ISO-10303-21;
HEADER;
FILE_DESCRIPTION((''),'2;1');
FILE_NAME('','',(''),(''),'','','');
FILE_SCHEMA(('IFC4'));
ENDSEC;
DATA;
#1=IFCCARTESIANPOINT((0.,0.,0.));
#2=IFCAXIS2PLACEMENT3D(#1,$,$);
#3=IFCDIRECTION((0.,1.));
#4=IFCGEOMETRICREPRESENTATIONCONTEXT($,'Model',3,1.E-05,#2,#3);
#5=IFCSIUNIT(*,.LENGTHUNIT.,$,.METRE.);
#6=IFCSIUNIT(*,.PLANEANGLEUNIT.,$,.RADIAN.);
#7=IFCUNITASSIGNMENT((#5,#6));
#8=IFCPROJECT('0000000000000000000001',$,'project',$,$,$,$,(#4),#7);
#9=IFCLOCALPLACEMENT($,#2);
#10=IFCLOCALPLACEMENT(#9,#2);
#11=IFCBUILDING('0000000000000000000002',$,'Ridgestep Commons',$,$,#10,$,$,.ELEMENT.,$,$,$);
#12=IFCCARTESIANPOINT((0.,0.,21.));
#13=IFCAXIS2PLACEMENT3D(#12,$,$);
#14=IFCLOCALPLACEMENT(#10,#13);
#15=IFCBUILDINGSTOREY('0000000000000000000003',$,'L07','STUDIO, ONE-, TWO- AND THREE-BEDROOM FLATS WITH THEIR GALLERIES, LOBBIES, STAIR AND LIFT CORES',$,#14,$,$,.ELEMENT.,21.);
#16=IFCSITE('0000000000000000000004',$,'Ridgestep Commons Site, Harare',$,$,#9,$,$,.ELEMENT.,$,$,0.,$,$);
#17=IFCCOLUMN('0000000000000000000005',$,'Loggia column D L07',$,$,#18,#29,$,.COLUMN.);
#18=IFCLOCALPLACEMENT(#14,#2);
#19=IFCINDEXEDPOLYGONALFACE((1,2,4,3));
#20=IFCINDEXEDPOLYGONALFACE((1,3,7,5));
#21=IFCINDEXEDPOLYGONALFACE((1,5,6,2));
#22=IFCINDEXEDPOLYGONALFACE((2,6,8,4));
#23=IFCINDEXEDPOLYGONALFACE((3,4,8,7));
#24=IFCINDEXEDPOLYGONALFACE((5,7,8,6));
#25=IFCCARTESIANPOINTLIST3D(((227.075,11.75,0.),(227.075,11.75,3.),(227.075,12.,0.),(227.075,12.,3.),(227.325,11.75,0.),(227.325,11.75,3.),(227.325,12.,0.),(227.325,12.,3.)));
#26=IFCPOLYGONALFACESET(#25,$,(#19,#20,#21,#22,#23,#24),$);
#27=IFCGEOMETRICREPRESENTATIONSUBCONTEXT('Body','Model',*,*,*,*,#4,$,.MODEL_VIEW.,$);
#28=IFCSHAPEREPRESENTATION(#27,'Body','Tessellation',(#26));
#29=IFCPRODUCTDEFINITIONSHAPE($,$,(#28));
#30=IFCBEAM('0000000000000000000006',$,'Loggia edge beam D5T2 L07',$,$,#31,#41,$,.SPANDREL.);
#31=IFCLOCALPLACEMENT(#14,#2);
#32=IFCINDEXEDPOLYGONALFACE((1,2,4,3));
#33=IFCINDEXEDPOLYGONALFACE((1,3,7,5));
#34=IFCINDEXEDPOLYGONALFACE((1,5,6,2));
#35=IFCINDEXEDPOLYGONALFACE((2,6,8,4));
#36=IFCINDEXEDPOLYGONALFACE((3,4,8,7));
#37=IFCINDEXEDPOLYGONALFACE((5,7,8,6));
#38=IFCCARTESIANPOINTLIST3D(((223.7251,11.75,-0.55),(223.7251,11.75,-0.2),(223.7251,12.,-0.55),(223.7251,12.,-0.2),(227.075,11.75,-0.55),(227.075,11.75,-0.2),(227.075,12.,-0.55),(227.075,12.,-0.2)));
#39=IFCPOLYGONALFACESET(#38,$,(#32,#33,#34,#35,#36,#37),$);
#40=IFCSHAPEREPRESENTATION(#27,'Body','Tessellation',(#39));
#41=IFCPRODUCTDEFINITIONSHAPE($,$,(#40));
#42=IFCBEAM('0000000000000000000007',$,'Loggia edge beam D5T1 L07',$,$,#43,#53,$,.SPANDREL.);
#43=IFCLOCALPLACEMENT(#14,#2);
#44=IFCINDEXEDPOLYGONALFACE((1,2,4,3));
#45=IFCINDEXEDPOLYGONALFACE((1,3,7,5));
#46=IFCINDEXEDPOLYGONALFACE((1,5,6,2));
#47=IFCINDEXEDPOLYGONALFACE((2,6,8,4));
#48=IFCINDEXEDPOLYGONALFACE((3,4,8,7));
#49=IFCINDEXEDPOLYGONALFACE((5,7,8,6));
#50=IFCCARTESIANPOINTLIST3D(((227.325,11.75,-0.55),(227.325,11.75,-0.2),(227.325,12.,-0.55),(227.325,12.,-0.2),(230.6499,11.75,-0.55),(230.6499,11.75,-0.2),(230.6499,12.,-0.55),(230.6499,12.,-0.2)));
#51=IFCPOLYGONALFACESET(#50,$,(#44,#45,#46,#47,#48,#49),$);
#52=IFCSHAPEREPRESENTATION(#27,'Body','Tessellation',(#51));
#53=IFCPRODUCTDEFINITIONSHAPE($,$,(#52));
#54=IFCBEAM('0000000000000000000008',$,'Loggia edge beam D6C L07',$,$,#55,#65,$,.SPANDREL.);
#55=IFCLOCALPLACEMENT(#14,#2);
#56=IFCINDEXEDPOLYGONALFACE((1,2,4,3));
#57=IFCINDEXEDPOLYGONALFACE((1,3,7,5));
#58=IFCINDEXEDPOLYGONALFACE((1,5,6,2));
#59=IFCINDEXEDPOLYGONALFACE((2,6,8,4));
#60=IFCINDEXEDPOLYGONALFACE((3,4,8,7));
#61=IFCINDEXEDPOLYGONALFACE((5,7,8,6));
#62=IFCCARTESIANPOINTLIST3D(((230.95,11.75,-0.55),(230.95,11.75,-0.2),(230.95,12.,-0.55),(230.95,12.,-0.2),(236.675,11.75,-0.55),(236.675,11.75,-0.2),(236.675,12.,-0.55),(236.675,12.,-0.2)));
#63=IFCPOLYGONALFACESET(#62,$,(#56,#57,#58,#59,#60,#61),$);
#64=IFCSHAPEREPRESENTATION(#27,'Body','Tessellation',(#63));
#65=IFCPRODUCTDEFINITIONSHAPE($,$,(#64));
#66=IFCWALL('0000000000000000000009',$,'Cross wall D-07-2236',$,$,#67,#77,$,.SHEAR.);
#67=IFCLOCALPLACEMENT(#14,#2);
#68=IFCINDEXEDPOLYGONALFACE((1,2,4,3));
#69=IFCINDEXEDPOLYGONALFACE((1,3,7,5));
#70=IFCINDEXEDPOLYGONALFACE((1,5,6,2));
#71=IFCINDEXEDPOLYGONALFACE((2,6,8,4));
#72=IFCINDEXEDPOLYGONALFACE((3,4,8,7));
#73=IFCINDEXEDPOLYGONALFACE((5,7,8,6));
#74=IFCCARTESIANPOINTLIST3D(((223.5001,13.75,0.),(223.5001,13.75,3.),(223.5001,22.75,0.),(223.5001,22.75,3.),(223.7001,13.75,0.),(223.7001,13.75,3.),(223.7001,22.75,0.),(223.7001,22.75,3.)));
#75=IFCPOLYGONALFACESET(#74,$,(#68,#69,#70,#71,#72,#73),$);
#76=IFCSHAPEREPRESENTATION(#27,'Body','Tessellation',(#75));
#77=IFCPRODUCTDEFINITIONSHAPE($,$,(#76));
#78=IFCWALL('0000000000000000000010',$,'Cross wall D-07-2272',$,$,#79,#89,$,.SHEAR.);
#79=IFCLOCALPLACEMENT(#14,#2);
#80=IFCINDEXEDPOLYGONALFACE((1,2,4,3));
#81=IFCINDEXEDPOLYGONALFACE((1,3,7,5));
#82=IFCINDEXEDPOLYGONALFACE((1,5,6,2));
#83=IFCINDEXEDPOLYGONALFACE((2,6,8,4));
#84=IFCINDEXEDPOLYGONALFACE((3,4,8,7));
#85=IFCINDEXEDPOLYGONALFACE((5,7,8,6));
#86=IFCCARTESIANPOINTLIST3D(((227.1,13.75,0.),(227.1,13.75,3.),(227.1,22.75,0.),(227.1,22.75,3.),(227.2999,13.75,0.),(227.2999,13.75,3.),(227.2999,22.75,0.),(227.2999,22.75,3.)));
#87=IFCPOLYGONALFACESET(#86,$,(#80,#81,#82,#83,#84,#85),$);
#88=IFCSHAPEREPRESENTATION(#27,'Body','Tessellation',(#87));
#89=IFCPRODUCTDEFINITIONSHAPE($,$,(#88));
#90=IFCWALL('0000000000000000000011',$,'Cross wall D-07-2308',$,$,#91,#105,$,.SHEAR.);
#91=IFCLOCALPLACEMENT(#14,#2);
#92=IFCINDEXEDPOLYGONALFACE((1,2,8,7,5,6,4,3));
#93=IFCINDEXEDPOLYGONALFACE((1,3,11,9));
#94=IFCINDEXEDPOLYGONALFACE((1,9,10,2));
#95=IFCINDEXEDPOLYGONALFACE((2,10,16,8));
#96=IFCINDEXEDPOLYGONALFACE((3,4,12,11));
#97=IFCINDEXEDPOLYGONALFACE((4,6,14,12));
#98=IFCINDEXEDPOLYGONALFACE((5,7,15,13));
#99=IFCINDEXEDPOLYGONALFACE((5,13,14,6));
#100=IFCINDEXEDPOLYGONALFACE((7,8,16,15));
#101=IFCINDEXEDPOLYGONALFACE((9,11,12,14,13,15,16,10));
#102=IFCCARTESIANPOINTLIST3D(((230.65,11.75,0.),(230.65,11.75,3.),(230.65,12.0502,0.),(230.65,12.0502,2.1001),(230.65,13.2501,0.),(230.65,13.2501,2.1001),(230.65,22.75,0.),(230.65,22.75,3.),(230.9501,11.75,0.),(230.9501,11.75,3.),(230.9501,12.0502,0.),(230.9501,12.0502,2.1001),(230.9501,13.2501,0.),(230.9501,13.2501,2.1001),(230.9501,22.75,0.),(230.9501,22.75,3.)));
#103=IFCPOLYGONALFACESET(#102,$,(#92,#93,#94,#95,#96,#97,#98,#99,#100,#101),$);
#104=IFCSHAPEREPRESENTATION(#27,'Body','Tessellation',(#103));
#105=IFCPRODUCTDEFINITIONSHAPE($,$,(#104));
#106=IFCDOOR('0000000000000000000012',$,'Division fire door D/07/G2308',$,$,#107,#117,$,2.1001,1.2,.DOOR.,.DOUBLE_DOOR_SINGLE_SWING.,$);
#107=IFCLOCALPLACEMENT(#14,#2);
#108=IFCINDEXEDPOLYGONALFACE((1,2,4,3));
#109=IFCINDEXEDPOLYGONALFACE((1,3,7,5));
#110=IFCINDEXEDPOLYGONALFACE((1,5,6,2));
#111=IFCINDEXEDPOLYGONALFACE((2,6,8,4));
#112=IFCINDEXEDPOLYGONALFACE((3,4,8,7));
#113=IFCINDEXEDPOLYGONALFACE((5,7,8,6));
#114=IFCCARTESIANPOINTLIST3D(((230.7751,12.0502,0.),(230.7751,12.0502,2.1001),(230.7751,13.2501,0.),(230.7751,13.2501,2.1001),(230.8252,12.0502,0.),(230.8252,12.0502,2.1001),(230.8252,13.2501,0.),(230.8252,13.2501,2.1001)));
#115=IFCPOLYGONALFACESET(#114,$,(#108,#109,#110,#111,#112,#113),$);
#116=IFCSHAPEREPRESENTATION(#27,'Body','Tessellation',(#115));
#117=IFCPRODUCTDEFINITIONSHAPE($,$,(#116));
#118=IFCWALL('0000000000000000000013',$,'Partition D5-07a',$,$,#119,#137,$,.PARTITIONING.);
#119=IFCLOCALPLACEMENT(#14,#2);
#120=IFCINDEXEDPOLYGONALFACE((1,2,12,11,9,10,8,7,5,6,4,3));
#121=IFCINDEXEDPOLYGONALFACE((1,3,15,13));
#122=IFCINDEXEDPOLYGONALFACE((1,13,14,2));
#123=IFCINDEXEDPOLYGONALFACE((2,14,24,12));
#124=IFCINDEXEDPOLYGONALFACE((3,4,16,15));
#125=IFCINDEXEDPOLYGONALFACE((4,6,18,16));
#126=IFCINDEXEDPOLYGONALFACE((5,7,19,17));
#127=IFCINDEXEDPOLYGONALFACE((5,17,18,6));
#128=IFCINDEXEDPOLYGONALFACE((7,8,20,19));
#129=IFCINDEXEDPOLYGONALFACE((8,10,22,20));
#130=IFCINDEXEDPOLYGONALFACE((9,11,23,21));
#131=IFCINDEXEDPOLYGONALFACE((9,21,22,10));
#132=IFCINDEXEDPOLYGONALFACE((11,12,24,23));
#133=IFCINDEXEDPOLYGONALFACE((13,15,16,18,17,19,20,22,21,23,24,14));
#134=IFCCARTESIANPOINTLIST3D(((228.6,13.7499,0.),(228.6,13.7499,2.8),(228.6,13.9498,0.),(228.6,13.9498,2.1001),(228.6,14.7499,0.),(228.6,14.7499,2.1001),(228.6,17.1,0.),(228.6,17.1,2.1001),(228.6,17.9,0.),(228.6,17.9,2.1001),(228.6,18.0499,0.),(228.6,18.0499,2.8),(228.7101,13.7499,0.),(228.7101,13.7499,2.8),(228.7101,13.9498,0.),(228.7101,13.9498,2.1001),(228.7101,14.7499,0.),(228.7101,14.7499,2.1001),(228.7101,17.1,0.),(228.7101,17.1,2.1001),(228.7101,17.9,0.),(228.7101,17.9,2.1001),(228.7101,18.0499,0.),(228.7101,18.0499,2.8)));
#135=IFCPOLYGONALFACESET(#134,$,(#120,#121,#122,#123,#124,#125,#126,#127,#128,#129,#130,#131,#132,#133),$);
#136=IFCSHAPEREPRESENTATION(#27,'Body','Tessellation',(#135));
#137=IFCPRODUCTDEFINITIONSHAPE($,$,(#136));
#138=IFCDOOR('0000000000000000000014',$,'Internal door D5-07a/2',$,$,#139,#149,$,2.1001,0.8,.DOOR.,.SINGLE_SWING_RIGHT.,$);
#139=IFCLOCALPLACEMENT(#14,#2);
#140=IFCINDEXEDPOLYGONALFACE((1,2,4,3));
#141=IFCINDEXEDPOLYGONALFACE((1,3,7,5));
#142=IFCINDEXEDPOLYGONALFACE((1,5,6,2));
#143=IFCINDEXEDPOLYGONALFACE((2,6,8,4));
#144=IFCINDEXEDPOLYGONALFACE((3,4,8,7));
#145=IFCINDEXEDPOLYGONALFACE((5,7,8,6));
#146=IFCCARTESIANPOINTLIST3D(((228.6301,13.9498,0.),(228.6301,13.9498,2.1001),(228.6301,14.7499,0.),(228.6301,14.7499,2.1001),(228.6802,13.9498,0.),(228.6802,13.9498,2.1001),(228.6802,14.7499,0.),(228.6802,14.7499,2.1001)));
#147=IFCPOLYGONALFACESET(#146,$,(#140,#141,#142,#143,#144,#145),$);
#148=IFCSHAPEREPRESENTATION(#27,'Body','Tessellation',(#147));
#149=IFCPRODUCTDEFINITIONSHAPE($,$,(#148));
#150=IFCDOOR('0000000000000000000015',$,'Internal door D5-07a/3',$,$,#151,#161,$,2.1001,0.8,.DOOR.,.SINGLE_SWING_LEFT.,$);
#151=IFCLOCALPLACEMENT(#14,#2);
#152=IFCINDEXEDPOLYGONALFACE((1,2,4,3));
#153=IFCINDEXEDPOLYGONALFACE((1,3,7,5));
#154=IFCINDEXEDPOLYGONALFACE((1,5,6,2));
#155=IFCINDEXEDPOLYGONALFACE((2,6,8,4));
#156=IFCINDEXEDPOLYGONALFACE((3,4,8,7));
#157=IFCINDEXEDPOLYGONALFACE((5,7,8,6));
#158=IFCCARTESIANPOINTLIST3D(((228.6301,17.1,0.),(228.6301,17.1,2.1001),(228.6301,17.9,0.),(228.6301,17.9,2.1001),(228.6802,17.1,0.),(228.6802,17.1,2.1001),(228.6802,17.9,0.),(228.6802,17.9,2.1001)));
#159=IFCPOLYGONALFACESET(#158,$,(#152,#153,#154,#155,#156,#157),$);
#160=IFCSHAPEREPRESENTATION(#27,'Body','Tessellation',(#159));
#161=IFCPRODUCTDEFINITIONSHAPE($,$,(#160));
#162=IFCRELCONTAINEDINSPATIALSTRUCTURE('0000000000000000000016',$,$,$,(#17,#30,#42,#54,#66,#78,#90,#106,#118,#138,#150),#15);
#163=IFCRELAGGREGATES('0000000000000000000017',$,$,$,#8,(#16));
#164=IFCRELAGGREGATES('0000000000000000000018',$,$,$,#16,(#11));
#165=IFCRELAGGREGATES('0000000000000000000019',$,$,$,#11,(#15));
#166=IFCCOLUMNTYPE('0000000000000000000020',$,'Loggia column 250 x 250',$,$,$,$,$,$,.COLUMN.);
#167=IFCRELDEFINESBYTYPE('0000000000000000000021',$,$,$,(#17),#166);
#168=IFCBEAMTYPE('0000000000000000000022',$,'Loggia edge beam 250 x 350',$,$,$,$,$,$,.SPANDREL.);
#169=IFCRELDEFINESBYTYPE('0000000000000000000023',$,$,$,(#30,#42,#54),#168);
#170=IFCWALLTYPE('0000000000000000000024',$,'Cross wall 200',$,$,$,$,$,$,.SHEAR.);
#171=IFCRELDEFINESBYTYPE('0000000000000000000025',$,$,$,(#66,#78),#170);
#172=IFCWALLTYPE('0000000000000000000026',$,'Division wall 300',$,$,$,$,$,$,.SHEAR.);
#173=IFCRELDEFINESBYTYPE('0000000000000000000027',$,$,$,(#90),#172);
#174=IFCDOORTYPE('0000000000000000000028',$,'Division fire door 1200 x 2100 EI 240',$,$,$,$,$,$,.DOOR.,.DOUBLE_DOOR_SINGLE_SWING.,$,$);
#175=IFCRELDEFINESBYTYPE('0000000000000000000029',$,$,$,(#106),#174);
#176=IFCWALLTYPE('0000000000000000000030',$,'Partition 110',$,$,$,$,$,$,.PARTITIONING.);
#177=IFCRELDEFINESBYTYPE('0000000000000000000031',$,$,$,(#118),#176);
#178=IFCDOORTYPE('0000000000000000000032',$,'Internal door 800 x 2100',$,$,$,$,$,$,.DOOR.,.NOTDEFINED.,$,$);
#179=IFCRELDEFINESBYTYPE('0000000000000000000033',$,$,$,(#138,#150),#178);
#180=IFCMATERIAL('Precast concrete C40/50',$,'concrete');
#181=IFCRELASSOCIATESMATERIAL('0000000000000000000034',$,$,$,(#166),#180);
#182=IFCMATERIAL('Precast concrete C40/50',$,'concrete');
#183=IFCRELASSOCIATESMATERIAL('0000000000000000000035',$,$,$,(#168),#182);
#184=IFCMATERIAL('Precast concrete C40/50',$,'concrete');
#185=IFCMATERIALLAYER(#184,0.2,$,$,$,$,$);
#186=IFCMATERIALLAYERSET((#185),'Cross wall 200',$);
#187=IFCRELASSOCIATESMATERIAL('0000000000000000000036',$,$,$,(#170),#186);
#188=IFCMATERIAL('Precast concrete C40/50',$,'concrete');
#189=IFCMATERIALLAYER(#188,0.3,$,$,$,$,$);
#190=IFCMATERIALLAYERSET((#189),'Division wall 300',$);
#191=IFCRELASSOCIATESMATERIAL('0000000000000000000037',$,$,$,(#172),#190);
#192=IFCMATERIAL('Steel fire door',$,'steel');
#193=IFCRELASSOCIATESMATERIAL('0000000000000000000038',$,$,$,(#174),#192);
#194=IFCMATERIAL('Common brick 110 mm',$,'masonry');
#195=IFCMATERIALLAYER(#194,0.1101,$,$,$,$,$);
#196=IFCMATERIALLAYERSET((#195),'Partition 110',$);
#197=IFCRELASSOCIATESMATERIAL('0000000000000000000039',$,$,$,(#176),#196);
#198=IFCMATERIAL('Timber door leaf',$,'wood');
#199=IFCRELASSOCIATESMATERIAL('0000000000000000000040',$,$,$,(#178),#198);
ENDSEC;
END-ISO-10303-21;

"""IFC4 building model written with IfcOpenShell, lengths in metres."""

from ifc_helpers import new_model, si_unit, direction, frame, frame_2d, origin, origin_2d, place, context, subcontext, project, spatial, rectangle, extrude, material, layer, layer_set, material_profile, profile_set, type_object, element, fill, save


model = new_model("IFC4")

# Units and contexts
model_context = context("Model", 3, precision=1e-05, world=origin(), true_north=direction((0.0, 1.0)))
body_context = subcontext(model_context, "Body", "Model", "MODEL_VIEW")
ifc_project = project(units=[si_unit("LENGTHUNIT", "METRE"), si_unit("PLANEANGLEUNIT", "RADIAN")], contexts=[model_context])

# Site, building, storey
site_placement = place(None, origin())
site = spatial("IfcSite", under=ifc_project, at=site_placement, Name="Ridgestep Commons Site, Harare", CompositionType="ELEMENT", RefElevation=0.0)
building_placement = place(site_placement, origin())
building = spatial("IfcBuilding", under=site, at=building_placement, Name="Ridgestep Commons", CompositionType="ELEMENT")
storey_placement = place(building_placement, frame((0.0, 0.0, 21.0)))
storey = spatial("IfcBuildingStorey", under=building, at=storey_placement, Name="L07", Description="STUDIO, ONE-, TWO- AND THREE-BEDROOM FLATS WITH THEIR GALLERIES, LOBBIES, STAIR AND LIFT CORES", CompositionType="ELEMENT", Elevation=21.0)

# Column
ifc_material_1 = material(Name="Precast concrete C40/50", Category="concrete")
ifc_material_profile_1 = material_profile(ifc_material_1, rectangle(XDim=0.25, YDim=0.25, at=origin_2d()), Name="PC 250x250")
ifc_profile_set_1 = profile_set([ifc_material_profile_1], Name="Precast concrete C40/50")
column_type = type_object("IfcColumnType", Name="Loggia column 250 x 250", PredefinedType="COLUMN", material=ifc_profile_set_1)
column_placement = place(storey_placement, frame((227.2, 11.875, 0.0), z_axis=(0.0, 0.0, 1.0), x_axis=(1.0, 0.0, 0.0)))
element("IfcColumn", 1, at=column_placement, inside=storey, type_object=column_type, Name="Loggia column D L07", PredefinedType="COLUMN", context=body_context, shape_type="SweptSolid", body=[
    extrude(rectangle(XDim=0.25, YDim=0.25, at=origin_2d()), origin(), (0.0, 0.0, 1.0), 3.0),
])

# Beams
ifc_material_2 = material(Name="Precast concrete C40/50", Category="concrete")
ifc_material_profile_2 = material_profile(ifc_material_2, rectangle(XDim=0.25, YDim=0.3501, at=origin_2d()), Name="PC 250x350")
ifc_profile_set_2 = profile_set([ifc_material_profile_2], Name="Precast concrete C40/50")
beam_type = type_object("IfcBeamType", Name="Loggia edge beam 250 x 350", PredefinedType="SPANDREL", material=ifc_profile_set_2)
beam_1_placement = place(storey_placement, frame((223.7251, 11.875, -0.375), z_axis=(1.0, 0.0, 0.0), x_axis=(0.0, 1.0, 0.0)))
element("IfcBeam", 2, at=beam_1_placement, inside=storey, type_object=beam_type, Name="Loggia edge beam D5T2 L07", PredefinedType="SPANDREL", context=body_context, shape_type="SweptSolid", body=[
    extrude(rectangle(XDim=0.25, YDim=0.3501, at=origin_2d()), origin(), (0.0, 0.0, 1.0), 3.3499),
])
beam_2_placement = place(storey_placement, frame((227.325, 11.875, -0.375), z_axis=(1.0, 0.0, 0.0), x_axis=(0.0, 1.0, 0.0)))
element("IfcBeam", 3, at=beam_2_placement, inside=storey, type_object=beam_type, Name="Loggia edge beam D5T1 L07", PredefinedType="SPANDREL", context=body_context, shape_type="SweptSolid", body=[
    extrude(rectangle(XDim=0.25, YDim=0.3501, at=origin_2d()), origin(), (0.0, 0.0, 1.0), 3.325),
])
beam_3_placement = place(storey_placement, frame((230.95, 11.875, -0.375), z_axis=(1.0, 0.0, 0.0), x_axis=(0.0, 1.0, 0.0)))
element("IfcBeam", 4, at=beam_3_placement, inside=storey, type_object=beam_type, Name="Loggia edge beam D6C L07", PredefinedType="SPANDREL", context=body_context, shape_type="SweptSolid", body=[
    extrude(rectangle(XDim=0.25, YDim=0.3501, at=origin_2d()), origin(), (0.0, 0.0, 1.0), 5.7251),
])

# Walls
ifc_material_3 = material(Name="Precast concrete C40/50", Category="concrete")
ifc_layer_1 = layer(ifc_material_3, 0.2)
ifc_layer_set_1 = layer_set([ifc_layer_1], Name="Cross wall 200")
wall_type_1 = type_object("IfcWallType", Name="Cross wall 200", PredefinedType="SHEAR", material=ifc_layer_set_1)
for number, where, z_axis, x_axis, name in (
    (5, (223.6001, 13.75, 0.0), (0.0, 0.0, 1.0), (0.0, 1.0, 0.0), "Cross wall D-07-2236"),
    (6, (227.2, 13.75, 0.0), (0.0, 0.0, 1.0), (0.0, 1.0, 0.0), "Cross wall D-07-2272"),
):
    element("IfcWall", number, at=place(storey_placement, frame(where, z_axis=z_axis, x_axis=x_axis)), inside=storey, type_object=wall_type_1, Name=name, PredefinedType="SHEAR", context=body_context, shape_type="SweptSolid", body=[
        extrude(rectangle(XDim=9.0, YDim=0.2, at=frame_2d((4.5, 0.0))), origin(), (0.0, 0.0, 1.0), 3.0),
    ])

# Wall, opening, door
ifc_material_4 = material(Name="Precast concrete C40/50", Category="concrete")
ifc_layer_2 = layer(ifc_material_4, 0.3)
ifc_layer_set_2 = layer_set([ifc_layer_2], Name="Division wall 300")
wall_type_2 = type_object("IfcWallType", Name="Division wall 300", PredefinedType="SHEAR", material=ifc_layer_set_2)
wall_1_placement = place(storey_placement, frame((230.8, 11.75, 0.0), z_axis=(0.0, 0.0, 1.0), x_axis=(0.0, 1.0, 0.0)))
wall_1 = element("IfcWall", 7, at=wall_1_placement, inside=storey, type_object=wall_type_2, Name="Cross wall D-07-2308", PredefinedType="SHEAR", context=body_context, shape_type="SweptSolid", body=[
    extrude(rectangle(XDim=11.0, YDim=0.3, at=frame_2d((5.5, 0.0))), origin(), (0.0, 0.0, 1.0), 3.0),
])
opening_1_placement = place(wall_1_placement, frame((0.3, 0.0, 0.0)))
opening_1 = element("IfcOpeningElement", 8, at=opening_1_placement, cuts=wall_1, PredefinedType="OPENING", context=body_context, shape_type="SweptSolid", body=[
    extrude(rectangle(XDim=1.2, YDim=2.1001, at=frame_2d((0.6001, 1.05))), frame((0.0, 0.1599, 0.0), z_axis=(0.0, -1.0, 0.0), x_axis=(1.0, 0.0, 0.0)), (0.0, 0.0, 1.0), 0.3201),
])
ifc_material_5 = material(Name="Steel fire door", Category="steel")
door_type_1 = type_object("IfcDoorType", Name="Division fire door 1200 x 2100 EI 240", OperationType="DOUBLE_DOOR_SINGLE_SWING", PredefinedType="DOOR", material=ifc_material_5)
door_1_placement = place(opening_1_placement, origin())
door_1 = element("IfcDoor", 9, at=door_1_placement, inside=storey, type_object=door_type_1, Name="Division fire door D/07/G2308", OperationType="DOUBLE_DOOR_SINGLE_SWING", OverallHeight=2.1001, OverallWidth=1.2, PredefinedType="DOOR", context=body_context, shape_type="SweptSolid", body=[
    extrude(rectangle(XDim=1.2, YDim=2.1001, at=frame_2d((0.6001, 1.05))), frame((0.0, 0.0249, 0.0), z_axis=(0.0, -1.0, 0.0), x_axis=(1.0, 0.0, 0.0)), (0.0, 0.0, 1.0), 0.05),
])
fill(opening_1, door_1)

# Wall, openings, doors
ifc_material_6 = material(Name="Common brick 110 mm", Category="masonry")
ifc_layer_3 = layer(ifc_material_6, 0.1101)
ifc_layer_set_3 = layer_set([ifc_layer_3], Name="Partition 110")
wall_type_3 = type_object("IfcWallType", Name="Partition 110", PredefinedType="PARTITIONING", material=ifc_layer_set_3)
wall_2_placement = place(storey_placement, frame((228.655, 13.75, 0.0), z_axis=(0.0, 0.0, 1.0), x_axis=(0.0, 1.0, 0.0)))
wall_2 = element("IfcWall", 10, at=wall_2_placement, inside=storey, type_object=wall_type_3, Name="Partition D5-07a", PredefinedType="PARTITIONING", context=body_context, shape_type="SweptSolid", body=[
    extrude(rectangle(XDim=4.3, YDim=0.1101, at=frame_2d((2.1499, 0.0))), origin(), (0.0, 0.0, 1.0), 2.8),
])
opening_2_placement = place(wall_2_placement, frame((0.2, 0.0, 0.0)))
opening_2 = element("IfcOpeningElement", 11, at=opening_2_placement, cuts=wall_2, PredefinedType="OPENING", context=body_context, shape_type="SweptSolid", body=[
    extrude(rectangle(XDim=0.8, YDim=2.1001, at=frame_2d((0.3999, 1.05))), frame((0.0, 0.0649, 0.0), z_axis=(0.0, -1.0, 0.0), x_axis=(1.0, 0.0, 0.0)), (0.0, 0.0, 1.0), 0.1301),
])
opening_3_placement = place(wall_2_placement, frame((3.3501, 0.0, 0.0)))
opening_3 = element("IfcOpeningElement", 12, at=opening_3_placement, cuts=wall_2, PredefinedType="OPENING", context=body_context, shape_type="SweptSolid", body=[
    extrude(rectangle(XDim=0.8, YDim=2.1001, at=frame_2d((0.3999, 1.05))), frame((0.0, 0.0649, 0.0), z_axis=(0.0, -1.0, 0.0), x_axis=(1.0, 0.0, 0.0)), (0.0, 0.0, 1.0), 0.1301),
])
ifc_material_7 = material(Name="Timber door leaf", Category="wood")
door_type_2 = type_object("IfcDoorType", Name="Internal door 800 x 2100", OperationType="NOTDEFINED", PredefinedType="DOOR", material=ifc_material_7)
door_2_placement = place(opening_2_placement, origin())
door_2 = element("IfcDoor", 13, at=door_2_placement, inside=storey, type_object=door_type_2, Name="Internal door D5-07a/2", OperationType="SINGLE_SWING_RIGHT", OverallHeight=2.1001, OverallWidth=0.8, PredefinedType="DOOR", context=body_context, shape_type="SweptSolid", body=[
    extrude(rectangle(XDim=0.8, YDim=2.1001, at=frame_2d((0.3999, 1.05))), frame((0.0, 0.0249, 0.0), z_axis=(0.0, -1.0, 0.0), x_axis=(1.0, 0.0, 0.0)), (0.0, 0.0, 1.0), 0.05),
])
fill(opening_2, door_2)
door_3_placement = place(opening_3_placement, origin())
door_3 = element("IfcDoor", 14, at=door_3_placement, inside=storey, type_object=door_type_2, Name="Internal door D5-07a/3", OperationType="SINGLE_SWING_LEFT", OverallHeight=2.1001, OverallWidth=0.8, PredefinedType="DOOR", context=body_context, shape_type="SweptSolid", body=[
    extrude(rectangle(XDim=0.8, YDim=2.1001, at=frame_2d((0.3999, 1.05))), frame((0.0, 0.0249, 0.0), z_axis=(0.0, -1.0, 0.0), x_axis=(1.0, 0.0, 0.0)), (0.0, 0.0, 1.0), 0.05),
])
fill(opening_3, door_3)

save(model, "model.ifc")
